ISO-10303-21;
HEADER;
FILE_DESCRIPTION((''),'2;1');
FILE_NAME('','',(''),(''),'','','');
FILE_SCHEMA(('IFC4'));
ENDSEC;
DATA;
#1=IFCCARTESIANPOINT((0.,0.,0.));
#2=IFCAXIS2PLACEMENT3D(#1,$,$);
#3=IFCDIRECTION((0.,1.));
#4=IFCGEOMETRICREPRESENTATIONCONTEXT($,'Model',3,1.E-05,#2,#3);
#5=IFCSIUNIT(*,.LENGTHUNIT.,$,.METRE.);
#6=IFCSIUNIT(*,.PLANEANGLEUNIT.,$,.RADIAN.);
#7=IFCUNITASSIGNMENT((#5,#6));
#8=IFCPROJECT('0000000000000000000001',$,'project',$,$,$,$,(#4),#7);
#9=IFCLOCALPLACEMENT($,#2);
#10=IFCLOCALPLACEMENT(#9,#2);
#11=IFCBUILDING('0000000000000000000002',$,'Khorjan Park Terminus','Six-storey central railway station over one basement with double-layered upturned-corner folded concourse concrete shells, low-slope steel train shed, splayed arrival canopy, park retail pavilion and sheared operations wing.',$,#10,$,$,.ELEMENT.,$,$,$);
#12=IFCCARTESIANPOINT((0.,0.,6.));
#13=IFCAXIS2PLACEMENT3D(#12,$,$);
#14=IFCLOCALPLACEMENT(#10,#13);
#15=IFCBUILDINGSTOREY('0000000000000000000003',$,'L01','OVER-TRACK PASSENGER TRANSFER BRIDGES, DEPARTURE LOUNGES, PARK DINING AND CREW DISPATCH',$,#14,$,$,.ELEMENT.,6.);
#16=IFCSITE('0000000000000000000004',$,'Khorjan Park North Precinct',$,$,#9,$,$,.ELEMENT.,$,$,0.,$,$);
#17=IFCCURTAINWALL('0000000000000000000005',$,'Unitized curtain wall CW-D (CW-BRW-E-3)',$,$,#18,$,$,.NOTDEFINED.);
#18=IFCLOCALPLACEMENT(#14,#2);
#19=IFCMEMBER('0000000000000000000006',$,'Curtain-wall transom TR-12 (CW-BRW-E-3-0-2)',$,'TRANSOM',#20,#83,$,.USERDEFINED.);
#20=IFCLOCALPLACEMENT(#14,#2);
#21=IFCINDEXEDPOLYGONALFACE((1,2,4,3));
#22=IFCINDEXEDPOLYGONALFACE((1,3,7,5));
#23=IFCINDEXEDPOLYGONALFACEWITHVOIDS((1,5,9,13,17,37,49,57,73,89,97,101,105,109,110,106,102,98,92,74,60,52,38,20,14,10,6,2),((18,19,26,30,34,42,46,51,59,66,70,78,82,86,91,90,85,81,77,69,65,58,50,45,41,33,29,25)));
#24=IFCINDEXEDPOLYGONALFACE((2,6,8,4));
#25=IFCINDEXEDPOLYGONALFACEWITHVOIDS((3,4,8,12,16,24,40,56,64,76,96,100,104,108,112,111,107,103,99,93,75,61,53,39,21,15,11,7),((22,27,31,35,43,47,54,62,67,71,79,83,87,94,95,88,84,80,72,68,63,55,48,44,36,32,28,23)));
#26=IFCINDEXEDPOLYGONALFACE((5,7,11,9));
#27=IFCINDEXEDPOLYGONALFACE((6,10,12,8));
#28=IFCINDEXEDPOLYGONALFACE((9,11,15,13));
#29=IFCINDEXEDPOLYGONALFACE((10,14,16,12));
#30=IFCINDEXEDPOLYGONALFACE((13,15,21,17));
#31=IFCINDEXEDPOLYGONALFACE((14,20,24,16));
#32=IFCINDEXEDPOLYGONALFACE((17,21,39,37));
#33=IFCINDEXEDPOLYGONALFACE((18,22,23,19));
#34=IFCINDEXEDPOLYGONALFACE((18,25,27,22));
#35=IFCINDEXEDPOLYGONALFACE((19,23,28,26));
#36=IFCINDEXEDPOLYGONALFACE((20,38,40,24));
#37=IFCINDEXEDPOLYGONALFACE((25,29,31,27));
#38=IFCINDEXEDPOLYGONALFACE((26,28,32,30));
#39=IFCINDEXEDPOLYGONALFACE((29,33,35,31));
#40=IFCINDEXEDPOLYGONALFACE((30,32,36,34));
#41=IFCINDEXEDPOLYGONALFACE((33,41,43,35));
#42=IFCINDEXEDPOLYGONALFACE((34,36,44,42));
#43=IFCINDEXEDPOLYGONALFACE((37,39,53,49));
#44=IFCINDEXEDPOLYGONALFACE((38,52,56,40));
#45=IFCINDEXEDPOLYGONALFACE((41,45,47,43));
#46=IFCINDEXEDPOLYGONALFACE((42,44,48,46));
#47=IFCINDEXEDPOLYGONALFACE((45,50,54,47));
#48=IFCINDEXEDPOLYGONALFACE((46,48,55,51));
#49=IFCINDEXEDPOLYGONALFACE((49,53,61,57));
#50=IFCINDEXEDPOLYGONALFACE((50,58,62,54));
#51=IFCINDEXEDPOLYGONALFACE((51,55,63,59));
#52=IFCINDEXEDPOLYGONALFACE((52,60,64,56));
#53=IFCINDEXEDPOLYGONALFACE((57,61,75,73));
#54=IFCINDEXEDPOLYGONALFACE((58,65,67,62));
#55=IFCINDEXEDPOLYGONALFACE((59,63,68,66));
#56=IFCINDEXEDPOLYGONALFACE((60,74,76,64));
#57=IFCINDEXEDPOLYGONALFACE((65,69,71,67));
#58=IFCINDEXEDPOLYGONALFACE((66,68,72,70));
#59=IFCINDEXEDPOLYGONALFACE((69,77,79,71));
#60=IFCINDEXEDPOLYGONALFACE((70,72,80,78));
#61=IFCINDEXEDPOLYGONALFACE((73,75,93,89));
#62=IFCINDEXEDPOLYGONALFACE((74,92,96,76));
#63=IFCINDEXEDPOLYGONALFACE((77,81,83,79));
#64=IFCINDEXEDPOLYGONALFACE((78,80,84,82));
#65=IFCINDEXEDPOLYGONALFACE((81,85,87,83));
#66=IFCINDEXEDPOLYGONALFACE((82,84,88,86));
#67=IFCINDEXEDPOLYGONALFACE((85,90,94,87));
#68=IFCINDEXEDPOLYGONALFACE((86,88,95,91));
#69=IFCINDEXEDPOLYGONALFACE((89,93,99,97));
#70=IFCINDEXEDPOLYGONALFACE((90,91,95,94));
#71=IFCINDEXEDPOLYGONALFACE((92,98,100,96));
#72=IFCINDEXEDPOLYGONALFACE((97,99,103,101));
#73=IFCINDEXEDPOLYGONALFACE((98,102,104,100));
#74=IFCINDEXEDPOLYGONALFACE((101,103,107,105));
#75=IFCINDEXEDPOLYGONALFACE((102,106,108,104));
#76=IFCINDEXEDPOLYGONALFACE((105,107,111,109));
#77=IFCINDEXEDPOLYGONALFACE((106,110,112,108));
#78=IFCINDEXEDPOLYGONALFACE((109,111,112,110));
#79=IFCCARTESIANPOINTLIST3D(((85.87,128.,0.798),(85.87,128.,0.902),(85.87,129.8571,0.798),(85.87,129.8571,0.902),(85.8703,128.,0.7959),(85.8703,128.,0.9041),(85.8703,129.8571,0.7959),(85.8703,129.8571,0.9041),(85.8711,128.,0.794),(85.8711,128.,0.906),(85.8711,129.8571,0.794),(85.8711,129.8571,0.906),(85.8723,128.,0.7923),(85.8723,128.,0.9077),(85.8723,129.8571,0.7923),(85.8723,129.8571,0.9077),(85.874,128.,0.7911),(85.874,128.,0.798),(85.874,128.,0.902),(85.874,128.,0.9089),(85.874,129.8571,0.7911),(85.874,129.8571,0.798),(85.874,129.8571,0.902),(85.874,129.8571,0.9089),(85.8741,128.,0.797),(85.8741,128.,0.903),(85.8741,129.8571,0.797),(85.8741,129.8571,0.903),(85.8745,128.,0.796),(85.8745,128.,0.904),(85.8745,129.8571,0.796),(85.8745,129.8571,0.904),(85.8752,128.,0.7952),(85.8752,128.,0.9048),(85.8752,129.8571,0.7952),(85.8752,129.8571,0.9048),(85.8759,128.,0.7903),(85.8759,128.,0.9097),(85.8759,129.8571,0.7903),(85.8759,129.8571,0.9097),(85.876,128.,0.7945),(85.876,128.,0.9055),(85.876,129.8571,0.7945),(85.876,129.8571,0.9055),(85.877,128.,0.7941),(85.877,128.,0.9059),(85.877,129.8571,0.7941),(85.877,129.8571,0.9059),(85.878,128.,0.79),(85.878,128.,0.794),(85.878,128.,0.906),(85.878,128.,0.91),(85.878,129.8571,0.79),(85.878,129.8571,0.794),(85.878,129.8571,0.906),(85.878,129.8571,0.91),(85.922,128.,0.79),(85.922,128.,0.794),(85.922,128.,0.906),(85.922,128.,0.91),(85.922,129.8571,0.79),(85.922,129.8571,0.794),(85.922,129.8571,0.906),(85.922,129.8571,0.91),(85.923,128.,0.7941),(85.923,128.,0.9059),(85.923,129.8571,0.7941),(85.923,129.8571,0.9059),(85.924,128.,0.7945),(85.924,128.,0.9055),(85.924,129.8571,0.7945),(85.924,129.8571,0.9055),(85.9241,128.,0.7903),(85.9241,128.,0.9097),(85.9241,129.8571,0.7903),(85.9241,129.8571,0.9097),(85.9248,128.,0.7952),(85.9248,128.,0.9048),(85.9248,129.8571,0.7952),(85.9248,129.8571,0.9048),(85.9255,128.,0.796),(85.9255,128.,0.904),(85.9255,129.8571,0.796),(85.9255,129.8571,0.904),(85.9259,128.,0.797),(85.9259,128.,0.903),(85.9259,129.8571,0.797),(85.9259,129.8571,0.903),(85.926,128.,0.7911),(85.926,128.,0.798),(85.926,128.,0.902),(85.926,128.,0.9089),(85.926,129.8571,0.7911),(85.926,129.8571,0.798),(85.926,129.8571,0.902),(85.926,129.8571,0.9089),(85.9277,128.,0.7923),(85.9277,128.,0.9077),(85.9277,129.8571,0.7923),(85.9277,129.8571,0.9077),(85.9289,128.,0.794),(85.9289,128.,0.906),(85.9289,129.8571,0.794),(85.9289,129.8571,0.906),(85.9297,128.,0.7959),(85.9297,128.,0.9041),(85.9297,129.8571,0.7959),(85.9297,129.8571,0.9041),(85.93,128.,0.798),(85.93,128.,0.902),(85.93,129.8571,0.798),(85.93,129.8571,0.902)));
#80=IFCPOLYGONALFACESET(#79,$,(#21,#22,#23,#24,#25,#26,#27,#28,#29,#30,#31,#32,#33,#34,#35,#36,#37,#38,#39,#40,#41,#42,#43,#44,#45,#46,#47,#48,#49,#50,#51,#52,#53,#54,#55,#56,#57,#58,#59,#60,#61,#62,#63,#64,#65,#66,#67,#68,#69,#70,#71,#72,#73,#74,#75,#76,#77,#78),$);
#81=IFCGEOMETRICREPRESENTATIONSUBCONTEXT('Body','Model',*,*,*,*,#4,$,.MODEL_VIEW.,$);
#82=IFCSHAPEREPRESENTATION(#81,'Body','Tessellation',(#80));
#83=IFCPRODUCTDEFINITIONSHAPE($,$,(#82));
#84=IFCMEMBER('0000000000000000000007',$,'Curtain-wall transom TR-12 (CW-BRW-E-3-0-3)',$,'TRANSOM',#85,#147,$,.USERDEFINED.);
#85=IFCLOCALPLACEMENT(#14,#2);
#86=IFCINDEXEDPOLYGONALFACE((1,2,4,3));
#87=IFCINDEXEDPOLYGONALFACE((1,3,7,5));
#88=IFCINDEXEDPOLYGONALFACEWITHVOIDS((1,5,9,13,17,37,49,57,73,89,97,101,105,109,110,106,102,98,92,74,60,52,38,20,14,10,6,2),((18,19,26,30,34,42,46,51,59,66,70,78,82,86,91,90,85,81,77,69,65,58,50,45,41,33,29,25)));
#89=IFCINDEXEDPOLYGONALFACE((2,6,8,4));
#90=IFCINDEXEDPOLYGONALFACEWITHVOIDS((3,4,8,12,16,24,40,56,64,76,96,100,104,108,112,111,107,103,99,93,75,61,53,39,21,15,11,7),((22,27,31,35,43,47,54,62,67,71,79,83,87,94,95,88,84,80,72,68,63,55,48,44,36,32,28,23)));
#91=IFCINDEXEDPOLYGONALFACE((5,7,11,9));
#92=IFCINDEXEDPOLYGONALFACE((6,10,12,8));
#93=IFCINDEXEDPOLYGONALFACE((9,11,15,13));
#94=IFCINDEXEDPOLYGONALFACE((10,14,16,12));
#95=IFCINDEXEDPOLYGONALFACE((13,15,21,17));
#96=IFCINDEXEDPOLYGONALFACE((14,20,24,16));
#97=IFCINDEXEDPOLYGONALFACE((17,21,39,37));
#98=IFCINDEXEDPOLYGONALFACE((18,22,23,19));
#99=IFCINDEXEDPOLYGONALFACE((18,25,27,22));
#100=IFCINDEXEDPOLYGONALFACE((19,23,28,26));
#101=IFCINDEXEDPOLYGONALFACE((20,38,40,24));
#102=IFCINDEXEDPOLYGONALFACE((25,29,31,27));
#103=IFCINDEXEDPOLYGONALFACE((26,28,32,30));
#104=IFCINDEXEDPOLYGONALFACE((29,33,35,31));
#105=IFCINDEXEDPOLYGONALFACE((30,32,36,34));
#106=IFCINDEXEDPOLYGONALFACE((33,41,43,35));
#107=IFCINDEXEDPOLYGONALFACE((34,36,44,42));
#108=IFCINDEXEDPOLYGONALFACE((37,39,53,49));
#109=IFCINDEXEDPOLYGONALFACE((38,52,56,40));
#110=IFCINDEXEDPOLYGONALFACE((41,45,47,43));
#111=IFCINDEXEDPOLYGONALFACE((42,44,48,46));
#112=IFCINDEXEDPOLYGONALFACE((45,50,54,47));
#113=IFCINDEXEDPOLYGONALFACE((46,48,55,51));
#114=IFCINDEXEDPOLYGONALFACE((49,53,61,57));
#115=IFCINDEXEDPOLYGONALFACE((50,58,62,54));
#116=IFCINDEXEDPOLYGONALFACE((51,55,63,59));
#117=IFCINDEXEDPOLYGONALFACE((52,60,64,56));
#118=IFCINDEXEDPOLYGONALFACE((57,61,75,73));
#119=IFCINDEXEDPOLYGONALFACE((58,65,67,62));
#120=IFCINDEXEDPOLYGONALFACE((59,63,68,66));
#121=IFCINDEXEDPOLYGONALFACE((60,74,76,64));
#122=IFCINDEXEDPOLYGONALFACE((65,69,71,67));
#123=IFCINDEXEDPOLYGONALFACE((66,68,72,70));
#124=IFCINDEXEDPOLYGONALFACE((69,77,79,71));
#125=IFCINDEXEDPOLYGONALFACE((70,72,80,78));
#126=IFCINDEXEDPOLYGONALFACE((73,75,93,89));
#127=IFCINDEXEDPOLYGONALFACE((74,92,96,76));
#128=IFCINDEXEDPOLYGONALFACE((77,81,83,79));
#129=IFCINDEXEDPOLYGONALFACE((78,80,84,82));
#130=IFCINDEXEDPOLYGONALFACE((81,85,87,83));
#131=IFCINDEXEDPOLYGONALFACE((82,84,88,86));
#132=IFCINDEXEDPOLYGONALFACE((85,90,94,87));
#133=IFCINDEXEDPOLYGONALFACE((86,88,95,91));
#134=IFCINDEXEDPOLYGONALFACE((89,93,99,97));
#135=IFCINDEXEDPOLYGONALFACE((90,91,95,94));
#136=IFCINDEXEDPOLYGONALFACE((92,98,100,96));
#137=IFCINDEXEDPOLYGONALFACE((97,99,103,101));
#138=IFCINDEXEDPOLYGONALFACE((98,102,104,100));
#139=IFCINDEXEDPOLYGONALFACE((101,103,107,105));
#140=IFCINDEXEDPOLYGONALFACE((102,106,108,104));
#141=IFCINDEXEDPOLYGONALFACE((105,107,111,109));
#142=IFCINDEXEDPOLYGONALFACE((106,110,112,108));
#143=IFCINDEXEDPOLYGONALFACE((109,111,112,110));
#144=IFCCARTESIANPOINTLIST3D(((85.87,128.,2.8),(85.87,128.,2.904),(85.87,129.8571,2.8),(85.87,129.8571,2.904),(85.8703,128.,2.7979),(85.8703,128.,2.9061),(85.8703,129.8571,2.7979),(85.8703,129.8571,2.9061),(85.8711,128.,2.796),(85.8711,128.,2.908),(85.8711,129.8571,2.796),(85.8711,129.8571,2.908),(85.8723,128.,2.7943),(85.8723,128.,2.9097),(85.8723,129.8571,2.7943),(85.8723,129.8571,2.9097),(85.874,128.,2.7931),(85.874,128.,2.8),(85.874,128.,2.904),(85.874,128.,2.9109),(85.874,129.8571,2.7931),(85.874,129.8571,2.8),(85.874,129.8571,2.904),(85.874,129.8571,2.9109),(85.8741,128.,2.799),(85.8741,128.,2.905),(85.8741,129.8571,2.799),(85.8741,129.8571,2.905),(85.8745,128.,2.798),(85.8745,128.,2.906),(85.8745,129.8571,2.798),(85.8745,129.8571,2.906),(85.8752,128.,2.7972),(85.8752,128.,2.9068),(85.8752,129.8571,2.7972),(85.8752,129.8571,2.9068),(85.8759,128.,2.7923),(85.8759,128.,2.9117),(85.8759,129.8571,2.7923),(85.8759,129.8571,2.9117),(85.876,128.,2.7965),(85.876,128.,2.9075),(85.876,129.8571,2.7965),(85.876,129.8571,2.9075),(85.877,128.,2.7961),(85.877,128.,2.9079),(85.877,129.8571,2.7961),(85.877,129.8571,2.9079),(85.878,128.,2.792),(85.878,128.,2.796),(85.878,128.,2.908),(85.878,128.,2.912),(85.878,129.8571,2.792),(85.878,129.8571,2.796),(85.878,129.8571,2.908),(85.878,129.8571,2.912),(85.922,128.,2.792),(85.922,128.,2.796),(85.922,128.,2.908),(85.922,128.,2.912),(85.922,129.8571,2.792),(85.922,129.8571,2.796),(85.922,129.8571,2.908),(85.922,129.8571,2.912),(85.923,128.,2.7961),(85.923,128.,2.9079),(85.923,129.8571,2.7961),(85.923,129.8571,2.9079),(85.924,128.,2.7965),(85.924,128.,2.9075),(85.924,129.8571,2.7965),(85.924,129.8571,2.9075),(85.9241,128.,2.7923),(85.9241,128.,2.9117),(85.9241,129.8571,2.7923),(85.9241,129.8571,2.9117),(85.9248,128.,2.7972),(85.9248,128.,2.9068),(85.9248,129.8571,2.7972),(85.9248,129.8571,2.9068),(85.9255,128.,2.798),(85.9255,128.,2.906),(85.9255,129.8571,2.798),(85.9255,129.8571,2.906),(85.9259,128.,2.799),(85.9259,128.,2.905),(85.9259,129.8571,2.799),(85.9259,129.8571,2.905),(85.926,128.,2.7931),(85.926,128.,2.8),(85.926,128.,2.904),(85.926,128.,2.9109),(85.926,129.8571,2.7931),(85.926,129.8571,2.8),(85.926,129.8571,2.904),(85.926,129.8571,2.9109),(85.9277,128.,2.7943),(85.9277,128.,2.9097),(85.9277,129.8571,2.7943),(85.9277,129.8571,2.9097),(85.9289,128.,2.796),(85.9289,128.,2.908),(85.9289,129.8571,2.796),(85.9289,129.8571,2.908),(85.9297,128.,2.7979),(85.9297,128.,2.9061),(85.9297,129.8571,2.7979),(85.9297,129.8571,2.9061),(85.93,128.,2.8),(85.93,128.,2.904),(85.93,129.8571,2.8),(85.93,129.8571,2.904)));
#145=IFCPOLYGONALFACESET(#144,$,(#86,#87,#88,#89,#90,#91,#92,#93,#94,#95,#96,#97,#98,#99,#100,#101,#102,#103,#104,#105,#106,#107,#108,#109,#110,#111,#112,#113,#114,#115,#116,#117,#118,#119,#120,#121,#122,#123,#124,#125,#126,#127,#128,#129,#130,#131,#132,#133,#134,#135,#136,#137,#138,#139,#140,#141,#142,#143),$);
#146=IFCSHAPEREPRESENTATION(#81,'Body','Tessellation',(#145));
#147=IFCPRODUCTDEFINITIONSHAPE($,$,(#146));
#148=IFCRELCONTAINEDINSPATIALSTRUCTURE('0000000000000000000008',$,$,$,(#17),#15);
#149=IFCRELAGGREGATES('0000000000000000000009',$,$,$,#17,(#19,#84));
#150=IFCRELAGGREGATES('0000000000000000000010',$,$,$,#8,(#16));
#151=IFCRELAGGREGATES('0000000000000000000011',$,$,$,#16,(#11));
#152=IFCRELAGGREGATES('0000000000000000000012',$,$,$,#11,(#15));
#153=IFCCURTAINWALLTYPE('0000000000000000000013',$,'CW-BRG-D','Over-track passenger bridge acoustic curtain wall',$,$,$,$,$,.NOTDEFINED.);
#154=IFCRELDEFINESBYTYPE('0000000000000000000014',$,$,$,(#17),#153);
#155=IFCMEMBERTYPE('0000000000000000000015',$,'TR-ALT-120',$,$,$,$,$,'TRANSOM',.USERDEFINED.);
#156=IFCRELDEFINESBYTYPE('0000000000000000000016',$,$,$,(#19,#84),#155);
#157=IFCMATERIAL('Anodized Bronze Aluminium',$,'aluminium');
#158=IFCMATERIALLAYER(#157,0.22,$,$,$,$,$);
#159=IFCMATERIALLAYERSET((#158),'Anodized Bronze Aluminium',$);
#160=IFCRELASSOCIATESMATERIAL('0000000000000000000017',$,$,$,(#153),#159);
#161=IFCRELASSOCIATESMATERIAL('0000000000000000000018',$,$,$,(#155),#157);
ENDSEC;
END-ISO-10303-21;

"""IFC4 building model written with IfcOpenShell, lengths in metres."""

from ifc_helpers import new_model, si_unit, direction, frame, origin, origin_2d, place, context, subcontext, project, spatial, hollow_rectangle, extrude, material, layer, layer_set, material_profile, profile_set, type_object, element, aggregate, save


model = new_model("IFC4")

# Units and contexts
model_context = context("Model", 3, precision=1e-05, world=origin(), true_north=direction((0.0, 1.0)))
body_context = subcontext(model_context, "Body", "Model", "MODEL_VIEW")
ifc_project = project(units=[si_unit("LENGTHUNIT", "METRE"), si_unit("PLANEANGLEUNIT", "RADIAN")], contexts=[model_context])

# Site, building, storey
site_placement = place(None, origin())
site = spatial("IfcSite", under=ifc_project, at=site_placement, Name="Khorjan Park North Precinct", CompositionType="ELEMENT", RefElevation=0.0)
building_placement = place(site_placement, origin())
building = spatial("IfcBuilding", under=site, at=building_placement, Name="Khorjan Park Terminus", Description="Six-storey central railway station over one basement with double-layered upturned-corner folded concourse concrete shells, low-slope steel train shed, splayed arrival canopy, park retail pavilion and sheared operations wing.", CompositionType="ELEMENT")
storey_placement = place(building_placement, frame((0.0, 0.0, 6.0)))
storey = spatial("IfcBuildingStorey", under=building, at=storey_placement, Name="L01", Description="OVER-TRACK PASSENGER TRANSFER BRIDGES, DEPARTURE LOUNGES, PARK DINING AND CREW DISPATCH", CompositionType="ELEMENT", Elevation=6.0)

# Shared definitions
ifc_material_1 = material(Name="Anodized Bronze Aluminium", Category="aluminium")
ifc_layer_1 = layer(ifc_material_1, 0.22)
ifc_layer_set_1 = layer_set([ifc_layer_1], Name="Anodized Bronze Aluminium")
curtain_wall_type = type_object("IfcCurtainWallType", Name="CW-BRG-D", Description="Over-track passenger bridge acoustic curtain wall", PredefinedType="NOTDEFINED", material=ifc_layer_set_1)

# Curtain wall
curtain_wall_1_placement = place(storey_placement, origin())
curtain_wall_1 = element("IfcCurtainWall", 1, at=curtain_wall_1_placement, inside=storey, type_object=curtain_wall_type, Name="Unitized curtain wall CW-D (CW-BRW-E-3)", PredefinedType="NOTDEFINED")

# Members
ifc_material_profile_1 = material_profile(ifc_material_1, hollow_rectangle(XDim=0.06, YDim=0.12, WallThickness=0.004, InnerFilletRadius=0.004, OuterFilletRadius=0.008, at=origin_2d()), Name="ALT 60x120x4")
ifc_profile_set_1 = profile_set([ifc_material_profile_1], Name="Anodized Bronze Aluminium")
member_type_1 = type_object("IfcMemberType", Name="TR-ALT-120", ElementType="TRANSOM", PredefinedType="USERDEFINED", material=ifc_profile_set_1)
member_1_placement = place(storey_placement, frame((85.9, 128.0, 0.85), z_axis=(0.0, 1.0, 0.0), x_axis=(-1.0, 0.0, 0.0)))
member_1 = element("IfcMember", 2, at=member_1_placement, type_object=member_type_1, Name="Curtain-wall transom TR-12 (CW-BRW-E-3-0-2)", ObjectType="TRANSOM", PredefinedType="USERDEFINED", context=body_context, shape_type="SweptSolid", body=[
    extrude(hollow_rectangle(XDim=0.06, YDim=0.12, WallThickness=0.004, InnerFilletRadius=0.004, OuterFilletRadius=0.008, at=origin_2d()), origin(), (0.0, 0.0, 1.0), 1.8571),
])
member_2_placement = place(storey_placement, frame((85.9, 128.0, 2.852), z_axis=(0.0, 1.0, 0.0), x_axis=(-1.0, 0.0, 0.0)))
member_2 = element("IfcMember", 3, at=member_2_placement, type_object=member_type_1, Name="Curtain-wall transom TR-12 (CW-BRW-E-3-0-3)", ObjectType="TRANSOM", PredefinedType="USERDEFINED", context=body_context, shape_type="SweptSolid", body=[
    extrude(hollow_rectangle(XDim=0.06, YDim=0.12, WallThickness=0.004, InnerFilletRadius=0.004, OuterFilletRadius=0.008, at=origin_2d()), origin(), (0.0, 0.0, 1.0), 1.8571),
])

aggregate(curtain_wall_1, [member_1, member_2])

save(model, "model.ifc")
